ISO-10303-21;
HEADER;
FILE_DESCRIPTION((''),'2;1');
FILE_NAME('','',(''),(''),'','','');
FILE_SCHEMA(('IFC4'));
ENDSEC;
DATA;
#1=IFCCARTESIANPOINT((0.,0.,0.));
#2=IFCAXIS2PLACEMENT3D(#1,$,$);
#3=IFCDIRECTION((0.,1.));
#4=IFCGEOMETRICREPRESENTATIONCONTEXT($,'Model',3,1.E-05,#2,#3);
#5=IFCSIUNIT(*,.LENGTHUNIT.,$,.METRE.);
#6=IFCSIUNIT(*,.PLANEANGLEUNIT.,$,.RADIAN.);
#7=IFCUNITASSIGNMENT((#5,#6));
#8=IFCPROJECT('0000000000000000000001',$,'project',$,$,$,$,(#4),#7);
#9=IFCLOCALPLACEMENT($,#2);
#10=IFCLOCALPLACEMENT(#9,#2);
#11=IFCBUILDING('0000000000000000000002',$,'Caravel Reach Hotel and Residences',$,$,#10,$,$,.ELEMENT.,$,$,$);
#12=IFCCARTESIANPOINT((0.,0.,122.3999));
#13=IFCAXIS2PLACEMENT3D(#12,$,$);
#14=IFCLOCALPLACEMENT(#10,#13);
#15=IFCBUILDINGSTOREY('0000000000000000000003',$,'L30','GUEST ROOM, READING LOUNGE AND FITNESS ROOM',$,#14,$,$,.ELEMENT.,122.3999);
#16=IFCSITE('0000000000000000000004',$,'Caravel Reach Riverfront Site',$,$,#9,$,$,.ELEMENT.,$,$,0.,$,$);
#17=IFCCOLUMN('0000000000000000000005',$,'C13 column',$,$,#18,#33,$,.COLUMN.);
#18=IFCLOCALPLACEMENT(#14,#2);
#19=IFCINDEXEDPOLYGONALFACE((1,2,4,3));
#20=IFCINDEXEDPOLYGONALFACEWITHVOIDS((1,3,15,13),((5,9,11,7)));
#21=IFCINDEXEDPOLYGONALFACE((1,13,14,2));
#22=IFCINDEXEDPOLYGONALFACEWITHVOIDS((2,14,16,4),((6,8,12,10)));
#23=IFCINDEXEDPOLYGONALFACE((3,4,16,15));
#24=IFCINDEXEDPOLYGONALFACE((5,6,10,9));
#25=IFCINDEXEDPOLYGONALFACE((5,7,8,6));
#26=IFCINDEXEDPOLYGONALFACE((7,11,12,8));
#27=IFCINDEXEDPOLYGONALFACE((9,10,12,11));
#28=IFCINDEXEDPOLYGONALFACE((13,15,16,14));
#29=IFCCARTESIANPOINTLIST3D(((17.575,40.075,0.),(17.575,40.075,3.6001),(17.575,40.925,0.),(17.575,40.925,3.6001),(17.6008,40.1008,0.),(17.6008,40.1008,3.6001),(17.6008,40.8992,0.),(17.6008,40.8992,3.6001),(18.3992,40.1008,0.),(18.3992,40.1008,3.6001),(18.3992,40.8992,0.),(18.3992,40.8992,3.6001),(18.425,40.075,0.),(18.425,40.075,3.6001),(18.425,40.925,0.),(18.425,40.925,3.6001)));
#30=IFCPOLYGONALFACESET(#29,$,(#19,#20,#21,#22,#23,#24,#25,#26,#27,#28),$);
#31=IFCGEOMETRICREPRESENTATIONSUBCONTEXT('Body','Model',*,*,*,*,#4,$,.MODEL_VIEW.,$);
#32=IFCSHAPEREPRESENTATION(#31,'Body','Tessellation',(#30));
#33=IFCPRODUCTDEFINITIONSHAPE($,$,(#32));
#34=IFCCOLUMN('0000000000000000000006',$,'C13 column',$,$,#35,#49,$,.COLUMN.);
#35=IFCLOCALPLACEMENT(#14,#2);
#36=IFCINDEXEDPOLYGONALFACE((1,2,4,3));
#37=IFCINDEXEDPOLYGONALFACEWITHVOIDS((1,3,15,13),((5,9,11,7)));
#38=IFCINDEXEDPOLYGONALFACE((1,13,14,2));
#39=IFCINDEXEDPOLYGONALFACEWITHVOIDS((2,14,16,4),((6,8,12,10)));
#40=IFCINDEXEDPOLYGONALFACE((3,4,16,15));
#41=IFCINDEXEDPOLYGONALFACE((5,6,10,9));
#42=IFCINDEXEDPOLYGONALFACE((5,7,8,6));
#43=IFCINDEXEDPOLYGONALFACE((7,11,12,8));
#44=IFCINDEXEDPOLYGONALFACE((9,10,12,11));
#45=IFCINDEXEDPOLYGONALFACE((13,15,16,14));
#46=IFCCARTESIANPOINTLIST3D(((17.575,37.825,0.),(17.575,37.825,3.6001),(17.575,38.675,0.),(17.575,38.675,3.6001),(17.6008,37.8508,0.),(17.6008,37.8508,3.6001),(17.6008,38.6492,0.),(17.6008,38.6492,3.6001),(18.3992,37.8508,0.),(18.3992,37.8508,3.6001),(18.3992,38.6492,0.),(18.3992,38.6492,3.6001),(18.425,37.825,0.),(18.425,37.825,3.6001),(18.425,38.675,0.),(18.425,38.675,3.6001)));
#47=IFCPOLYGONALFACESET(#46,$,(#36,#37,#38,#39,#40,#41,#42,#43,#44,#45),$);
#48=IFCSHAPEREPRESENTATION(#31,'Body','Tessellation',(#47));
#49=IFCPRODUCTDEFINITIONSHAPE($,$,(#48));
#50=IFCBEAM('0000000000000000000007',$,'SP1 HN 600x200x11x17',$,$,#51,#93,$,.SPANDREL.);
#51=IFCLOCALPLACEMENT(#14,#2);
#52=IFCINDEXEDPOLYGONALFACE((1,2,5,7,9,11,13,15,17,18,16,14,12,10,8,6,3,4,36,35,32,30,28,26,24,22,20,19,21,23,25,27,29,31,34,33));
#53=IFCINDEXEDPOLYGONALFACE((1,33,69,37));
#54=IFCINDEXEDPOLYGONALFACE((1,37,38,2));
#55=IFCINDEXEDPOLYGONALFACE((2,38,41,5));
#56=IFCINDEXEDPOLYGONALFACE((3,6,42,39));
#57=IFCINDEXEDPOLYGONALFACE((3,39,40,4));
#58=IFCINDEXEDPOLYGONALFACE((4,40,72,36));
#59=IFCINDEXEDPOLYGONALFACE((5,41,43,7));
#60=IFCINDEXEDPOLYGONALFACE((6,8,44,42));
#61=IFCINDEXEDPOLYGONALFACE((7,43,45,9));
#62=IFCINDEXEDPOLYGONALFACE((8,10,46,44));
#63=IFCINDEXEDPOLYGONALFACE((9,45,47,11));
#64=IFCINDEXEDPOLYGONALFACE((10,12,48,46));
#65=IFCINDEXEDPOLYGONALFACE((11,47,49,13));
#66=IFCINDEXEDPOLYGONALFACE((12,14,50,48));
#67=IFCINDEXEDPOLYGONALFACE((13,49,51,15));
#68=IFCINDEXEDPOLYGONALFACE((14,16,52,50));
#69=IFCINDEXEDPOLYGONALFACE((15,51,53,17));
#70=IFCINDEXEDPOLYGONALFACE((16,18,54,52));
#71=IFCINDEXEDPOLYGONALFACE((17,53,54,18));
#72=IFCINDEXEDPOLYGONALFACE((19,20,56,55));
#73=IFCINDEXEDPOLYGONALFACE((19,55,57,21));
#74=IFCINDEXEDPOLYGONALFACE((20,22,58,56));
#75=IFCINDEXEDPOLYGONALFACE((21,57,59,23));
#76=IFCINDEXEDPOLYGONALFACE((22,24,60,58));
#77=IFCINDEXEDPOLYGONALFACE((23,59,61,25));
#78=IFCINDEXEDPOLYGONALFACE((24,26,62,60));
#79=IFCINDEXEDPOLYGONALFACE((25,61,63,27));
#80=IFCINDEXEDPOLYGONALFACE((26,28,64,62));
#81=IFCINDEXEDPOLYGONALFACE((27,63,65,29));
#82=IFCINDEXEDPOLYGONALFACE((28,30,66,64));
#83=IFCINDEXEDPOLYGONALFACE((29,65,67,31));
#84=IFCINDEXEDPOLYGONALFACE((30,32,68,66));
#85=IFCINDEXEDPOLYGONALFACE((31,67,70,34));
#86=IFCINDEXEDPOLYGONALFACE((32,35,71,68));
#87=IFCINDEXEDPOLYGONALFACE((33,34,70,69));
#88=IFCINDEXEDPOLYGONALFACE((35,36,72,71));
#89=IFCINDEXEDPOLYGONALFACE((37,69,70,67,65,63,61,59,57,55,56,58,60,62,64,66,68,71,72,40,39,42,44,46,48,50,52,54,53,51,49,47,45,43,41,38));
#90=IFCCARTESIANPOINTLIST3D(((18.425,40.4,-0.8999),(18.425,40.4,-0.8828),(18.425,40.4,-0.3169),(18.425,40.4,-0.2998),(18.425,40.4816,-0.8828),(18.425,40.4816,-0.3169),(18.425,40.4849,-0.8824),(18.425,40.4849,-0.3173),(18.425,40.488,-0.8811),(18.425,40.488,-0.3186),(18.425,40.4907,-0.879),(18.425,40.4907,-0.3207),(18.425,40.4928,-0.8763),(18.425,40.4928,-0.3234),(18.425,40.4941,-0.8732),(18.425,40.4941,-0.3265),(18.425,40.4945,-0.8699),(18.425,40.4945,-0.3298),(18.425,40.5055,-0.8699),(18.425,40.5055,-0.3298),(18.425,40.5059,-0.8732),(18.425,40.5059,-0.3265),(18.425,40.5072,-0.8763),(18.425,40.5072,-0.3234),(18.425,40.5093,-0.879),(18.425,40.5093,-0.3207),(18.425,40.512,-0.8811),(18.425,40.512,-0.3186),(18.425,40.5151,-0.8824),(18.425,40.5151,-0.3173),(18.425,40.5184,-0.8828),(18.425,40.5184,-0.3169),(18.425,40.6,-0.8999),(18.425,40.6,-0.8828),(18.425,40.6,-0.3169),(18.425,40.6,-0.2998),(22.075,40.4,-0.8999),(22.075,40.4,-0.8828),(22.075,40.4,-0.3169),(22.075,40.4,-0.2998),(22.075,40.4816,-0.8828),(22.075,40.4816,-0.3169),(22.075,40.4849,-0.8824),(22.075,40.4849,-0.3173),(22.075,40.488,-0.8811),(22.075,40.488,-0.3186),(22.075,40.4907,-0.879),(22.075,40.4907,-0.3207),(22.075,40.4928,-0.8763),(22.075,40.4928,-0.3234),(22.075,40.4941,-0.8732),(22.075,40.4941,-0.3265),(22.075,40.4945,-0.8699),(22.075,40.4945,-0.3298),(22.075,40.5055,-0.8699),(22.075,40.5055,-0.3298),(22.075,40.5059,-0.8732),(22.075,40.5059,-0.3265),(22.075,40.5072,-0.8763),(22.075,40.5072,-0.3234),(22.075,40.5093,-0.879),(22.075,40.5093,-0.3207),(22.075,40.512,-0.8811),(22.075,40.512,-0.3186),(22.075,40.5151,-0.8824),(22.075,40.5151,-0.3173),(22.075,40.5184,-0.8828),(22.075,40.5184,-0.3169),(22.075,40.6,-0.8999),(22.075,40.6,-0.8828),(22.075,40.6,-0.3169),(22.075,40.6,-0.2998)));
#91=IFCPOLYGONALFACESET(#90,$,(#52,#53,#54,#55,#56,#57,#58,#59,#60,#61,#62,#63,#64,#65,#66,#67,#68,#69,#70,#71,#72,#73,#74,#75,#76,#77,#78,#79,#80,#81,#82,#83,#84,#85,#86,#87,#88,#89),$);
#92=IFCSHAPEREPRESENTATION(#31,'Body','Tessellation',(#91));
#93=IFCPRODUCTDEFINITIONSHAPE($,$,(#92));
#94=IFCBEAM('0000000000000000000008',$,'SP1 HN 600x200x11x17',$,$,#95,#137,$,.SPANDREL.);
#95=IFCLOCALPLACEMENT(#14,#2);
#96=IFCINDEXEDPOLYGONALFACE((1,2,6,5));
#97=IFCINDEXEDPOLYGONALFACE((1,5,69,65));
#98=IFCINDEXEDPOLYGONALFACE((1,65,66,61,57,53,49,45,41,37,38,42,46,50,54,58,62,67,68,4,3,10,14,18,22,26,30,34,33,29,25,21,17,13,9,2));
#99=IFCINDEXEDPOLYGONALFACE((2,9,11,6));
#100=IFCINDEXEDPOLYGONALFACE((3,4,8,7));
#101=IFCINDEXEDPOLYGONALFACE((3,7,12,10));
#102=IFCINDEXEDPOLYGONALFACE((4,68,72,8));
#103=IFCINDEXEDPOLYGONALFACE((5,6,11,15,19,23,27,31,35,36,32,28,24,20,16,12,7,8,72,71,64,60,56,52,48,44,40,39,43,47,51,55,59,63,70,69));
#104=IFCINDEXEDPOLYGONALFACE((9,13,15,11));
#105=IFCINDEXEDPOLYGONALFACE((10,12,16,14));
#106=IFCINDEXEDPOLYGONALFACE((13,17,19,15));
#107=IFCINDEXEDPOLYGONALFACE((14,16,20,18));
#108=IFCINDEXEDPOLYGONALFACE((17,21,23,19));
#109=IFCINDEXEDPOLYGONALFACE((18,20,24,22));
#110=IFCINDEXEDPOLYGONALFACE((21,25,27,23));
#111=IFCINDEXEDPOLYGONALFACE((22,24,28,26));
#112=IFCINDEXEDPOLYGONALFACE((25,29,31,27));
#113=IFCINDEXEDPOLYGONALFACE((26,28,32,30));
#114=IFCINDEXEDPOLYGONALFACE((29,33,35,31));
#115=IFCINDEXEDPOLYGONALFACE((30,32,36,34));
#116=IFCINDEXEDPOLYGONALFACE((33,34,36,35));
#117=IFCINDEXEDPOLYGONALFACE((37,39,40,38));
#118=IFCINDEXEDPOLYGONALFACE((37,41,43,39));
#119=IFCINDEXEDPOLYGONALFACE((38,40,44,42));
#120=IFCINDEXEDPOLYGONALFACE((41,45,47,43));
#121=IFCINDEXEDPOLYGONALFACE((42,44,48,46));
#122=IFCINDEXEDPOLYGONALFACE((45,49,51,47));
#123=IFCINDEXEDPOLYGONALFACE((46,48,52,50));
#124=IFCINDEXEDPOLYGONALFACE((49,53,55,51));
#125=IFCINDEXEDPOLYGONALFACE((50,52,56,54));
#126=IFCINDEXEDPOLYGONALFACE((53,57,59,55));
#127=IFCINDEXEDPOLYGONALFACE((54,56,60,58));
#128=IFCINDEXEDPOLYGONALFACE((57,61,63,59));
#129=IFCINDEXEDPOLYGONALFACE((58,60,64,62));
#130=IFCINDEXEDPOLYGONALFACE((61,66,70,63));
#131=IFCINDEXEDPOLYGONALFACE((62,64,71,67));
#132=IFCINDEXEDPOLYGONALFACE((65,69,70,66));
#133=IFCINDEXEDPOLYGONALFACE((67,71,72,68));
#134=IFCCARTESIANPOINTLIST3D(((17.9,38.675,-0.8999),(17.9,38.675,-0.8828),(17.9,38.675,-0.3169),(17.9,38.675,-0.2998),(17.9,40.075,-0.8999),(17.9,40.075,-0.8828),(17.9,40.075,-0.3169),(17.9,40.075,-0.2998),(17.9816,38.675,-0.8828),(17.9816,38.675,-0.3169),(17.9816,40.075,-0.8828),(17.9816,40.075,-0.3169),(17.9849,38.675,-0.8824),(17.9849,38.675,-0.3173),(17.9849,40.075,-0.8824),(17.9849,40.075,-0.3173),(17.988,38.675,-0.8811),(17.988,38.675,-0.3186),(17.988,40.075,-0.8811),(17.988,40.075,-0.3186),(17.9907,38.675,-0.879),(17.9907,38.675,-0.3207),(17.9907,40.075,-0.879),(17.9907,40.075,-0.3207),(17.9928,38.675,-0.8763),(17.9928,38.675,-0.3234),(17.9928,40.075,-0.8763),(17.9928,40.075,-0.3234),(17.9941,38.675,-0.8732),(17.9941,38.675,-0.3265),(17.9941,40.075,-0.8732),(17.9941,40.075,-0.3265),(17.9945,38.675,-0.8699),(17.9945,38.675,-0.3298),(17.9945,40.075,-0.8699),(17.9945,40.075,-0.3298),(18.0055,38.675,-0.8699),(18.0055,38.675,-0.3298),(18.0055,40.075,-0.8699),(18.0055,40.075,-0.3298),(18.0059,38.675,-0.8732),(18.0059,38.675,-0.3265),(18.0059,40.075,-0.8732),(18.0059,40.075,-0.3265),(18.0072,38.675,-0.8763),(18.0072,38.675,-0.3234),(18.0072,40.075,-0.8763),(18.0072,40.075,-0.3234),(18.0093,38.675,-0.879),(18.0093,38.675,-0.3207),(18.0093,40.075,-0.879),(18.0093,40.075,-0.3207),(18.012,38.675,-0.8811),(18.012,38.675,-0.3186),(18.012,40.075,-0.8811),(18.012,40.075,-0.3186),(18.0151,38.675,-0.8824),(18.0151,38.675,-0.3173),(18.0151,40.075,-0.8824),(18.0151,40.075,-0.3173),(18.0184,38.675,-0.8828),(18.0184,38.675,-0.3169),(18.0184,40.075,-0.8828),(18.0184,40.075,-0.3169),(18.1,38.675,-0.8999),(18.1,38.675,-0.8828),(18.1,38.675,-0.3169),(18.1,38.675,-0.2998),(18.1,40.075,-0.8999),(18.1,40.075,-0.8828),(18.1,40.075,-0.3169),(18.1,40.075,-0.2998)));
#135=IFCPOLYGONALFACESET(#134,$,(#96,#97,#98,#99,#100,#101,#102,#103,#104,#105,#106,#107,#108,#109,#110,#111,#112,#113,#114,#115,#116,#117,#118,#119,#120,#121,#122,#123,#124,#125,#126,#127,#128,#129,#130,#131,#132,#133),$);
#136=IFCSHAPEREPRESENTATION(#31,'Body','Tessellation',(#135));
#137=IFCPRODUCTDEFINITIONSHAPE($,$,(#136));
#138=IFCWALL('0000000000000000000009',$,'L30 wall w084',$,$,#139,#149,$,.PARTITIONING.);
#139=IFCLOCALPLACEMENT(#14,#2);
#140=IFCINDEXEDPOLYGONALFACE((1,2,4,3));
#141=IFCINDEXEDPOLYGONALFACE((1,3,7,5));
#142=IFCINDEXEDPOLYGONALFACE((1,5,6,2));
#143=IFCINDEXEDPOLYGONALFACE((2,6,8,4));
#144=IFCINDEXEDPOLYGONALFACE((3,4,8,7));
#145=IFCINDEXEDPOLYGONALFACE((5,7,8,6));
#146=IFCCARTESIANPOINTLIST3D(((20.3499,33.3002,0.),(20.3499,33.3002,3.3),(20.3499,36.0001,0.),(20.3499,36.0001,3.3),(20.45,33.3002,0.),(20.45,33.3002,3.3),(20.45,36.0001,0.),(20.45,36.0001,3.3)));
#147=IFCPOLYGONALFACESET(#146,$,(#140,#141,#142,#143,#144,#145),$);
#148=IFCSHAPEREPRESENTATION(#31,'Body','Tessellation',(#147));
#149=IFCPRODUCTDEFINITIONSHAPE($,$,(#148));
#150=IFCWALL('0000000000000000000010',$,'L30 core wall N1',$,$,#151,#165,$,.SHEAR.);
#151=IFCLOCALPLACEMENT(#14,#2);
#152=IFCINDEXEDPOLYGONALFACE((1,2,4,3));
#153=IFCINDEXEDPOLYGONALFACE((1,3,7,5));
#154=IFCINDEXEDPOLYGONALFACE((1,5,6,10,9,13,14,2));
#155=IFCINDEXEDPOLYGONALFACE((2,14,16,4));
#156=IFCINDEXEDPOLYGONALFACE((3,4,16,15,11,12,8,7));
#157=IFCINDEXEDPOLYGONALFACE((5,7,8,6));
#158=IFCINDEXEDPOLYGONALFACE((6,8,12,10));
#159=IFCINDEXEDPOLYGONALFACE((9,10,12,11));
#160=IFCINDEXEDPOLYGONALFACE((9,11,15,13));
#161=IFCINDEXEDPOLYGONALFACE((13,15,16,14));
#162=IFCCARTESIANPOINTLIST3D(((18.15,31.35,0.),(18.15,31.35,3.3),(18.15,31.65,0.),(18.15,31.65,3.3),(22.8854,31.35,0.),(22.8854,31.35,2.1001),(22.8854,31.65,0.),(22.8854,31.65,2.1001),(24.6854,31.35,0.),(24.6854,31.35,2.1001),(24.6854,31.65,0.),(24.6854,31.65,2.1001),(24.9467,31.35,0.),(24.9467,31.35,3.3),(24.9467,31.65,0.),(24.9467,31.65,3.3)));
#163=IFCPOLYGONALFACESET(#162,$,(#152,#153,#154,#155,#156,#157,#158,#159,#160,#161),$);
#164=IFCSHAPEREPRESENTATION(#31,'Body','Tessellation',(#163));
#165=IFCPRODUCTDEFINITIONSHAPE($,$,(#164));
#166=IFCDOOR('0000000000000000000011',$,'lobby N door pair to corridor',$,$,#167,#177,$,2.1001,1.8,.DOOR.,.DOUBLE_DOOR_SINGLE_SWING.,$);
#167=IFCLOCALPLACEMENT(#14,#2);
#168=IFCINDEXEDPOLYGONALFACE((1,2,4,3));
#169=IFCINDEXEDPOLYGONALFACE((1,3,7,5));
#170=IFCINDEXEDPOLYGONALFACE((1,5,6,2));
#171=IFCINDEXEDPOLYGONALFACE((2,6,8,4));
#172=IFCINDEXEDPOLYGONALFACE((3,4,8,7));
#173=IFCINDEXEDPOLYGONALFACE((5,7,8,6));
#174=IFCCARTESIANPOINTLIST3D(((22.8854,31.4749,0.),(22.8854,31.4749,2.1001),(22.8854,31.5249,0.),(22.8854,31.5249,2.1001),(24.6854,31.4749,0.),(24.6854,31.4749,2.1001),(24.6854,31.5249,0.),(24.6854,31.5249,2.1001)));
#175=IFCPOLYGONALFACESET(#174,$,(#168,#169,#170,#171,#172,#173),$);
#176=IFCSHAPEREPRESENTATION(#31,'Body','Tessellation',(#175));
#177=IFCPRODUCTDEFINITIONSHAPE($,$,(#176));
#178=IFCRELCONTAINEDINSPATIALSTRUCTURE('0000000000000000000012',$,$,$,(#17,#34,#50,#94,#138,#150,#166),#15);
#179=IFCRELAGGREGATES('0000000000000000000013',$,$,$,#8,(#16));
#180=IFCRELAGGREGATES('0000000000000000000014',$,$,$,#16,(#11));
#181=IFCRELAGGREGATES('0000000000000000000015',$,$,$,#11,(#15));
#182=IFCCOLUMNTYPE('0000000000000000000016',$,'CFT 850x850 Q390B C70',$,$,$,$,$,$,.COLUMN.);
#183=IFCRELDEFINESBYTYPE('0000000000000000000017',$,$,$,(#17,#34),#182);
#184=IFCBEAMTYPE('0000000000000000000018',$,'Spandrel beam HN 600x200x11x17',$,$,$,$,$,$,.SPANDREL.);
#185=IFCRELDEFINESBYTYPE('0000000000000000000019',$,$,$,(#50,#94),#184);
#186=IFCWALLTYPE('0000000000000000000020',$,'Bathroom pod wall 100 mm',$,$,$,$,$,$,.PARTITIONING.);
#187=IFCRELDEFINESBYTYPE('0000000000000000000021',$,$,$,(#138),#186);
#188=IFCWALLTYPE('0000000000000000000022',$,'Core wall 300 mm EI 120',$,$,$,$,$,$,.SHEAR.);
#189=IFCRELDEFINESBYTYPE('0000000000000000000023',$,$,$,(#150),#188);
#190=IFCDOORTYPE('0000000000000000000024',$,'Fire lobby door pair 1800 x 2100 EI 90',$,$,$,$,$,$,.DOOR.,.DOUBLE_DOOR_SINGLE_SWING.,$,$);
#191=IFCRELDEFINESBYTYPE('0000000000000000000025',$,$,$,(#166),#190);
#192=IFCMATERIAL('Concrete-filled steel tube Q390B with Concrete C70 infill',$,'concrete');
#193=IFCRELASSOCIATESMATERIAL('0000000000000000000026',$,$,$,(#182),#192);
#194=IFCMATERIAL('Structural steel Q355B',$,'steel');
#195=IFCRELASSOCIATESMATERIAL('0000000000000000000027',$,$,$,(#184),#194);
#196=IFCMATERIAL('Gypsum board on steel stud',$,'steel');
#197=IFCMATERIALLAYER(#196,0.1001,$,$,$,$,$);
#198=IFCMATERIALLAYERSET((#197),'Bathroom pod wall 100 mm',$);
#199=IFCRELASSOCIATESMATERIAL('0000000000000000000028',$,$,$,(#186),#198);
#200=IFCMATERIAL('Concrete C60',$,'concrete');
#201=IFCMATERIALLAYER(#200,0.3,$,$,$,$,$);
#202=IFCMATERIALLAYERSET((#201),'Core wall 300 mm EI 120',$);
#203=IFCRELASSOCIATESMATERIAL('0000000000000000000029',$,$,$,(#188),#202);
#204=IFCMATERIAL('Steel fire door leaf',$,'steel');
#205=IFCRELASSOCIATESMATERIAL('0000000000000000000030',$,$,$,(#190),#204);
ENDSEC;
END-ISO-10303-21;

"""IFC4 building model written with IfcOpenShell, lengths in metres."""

from ifc_helpers import new_model, si_unit, direction, frame, frame_2d, origin, origin_2d, place, context, subcontext, project, spatial, rectangle, hollow_rectangle, i_section, extrude, material, layer, layer_set, material_profile, profile_set, type_object, element, fill, save


model = new_model("IFC4")

# Units and contexts
model_context = context("Model", 3, precision=1e-05, world=origin(), true_north=direction((0.0, 1.0)))
body_context = subcontext(model_context, "Body", "Model", "MODEL_VIEW")
ifc_project = project(units=[si_unit("LENGTHUNIT", "METRE"), si_unit("PLANEANGLEUNIT", "RADIAN")], contexts=[model_context])

# Site, building, storey
site_placement = place(None, origin())
site = spatial("IfcSite", under=ifc_project, at=site_placement, Name="Caravel Reach Riverfront Site", CompositionType="ELEMENT", RefElevation=0.0)
building_placement = place(site_placement, origin())
building = spatial("IfcBuilding", under=site, at=building_placement, Name="Caravel Reach Hotel and Residences", CompositionType="ELEMENT")
storey_placement = place(building_placement, frame((0.0, 0.0, 122.3999)))
storey = spatial("IfcBuildingStorey", under=building, at=storey_placement, Name="L30", Description="GUEST ROOM, READING LOUNGE AND FITNESS ROOM", CompositionType="ELEMENT", Elevation=122.3999)

# Columns
ifc_material_1 = material(Name="Concrete-filled steel tube Q390B with Concrete C70 infill", Category="concrete")
ifc_material_profile_1 = material_profile(ifc_material_1, hollow_rectangle(XDim=0.8501, YDim=0.8501, WallThickness=0.0259, at=origin_2d()), Name="RHS 850x850x26")
ifc_profile_set_1 = profile_set([ifc_material_profile_1], Name="Concrete-filled steel tube Q390B with Concrete C70 infill")
column_type = type_object("IfcColumnType", Name="CFT 850x850 Q390B C70", PredefinedType="COLUMN", material=ifc_profile_set_1)
for number, where, z_axis, x_axis, name in (
    (1, (18.0, 40.5, 0.0), (0.0, 0.0, 1.0), (1.0, 0.0, 0.0), "C13 column"),
    (2, (18.0, 38.25, 0.0), (0.0, 0.0, 1.0), (1.0, 0.0, 0.0), "C13 column"),
):
    element("IfcColumn", number, at=place(storey_placement, frame(where, z_axis=z_axis, x_axis=x_axis)), inside=storey, type_object=column_type, Name=name, PredefinedType="COLUMN", context=body_context, shape_type="SweptSolid", body=[
        extrude(hollow_rectangle(XDim=0.8501, YDim=0.8501, WallThickness=0.0259, at=origin_2d()), origin(), (0.0, 0.0, 1.0), 3.6001),
    ])

# Beams
ifc_material_2 = material(Name="Structural steel Q355B", Category="steel")
ifc_material_profile_2 = material_profile(ifc_material_2, i_section(OverallWidth=0.2, OverallDepth=0.6001, WebThickness=0.011, FlangeThickness=0.0171, FilletRadius=0.0129, at=origin_2d()), Name="HN 600x200x11x17")
ifc_profile_set_2 = profile_set([ifc_material_profile_2], Name="Structural steel Q355B")
beam_type = type_object("IfcBeamType", Name="Spandrel beam HN 600x200x11x17", PredefinedType="SPANDREL", material=ifc_profile_set_2)
beam_1_placement = place(storey_placement, frame((22.075, 40.5, -0.5999), z_axis=(-1.0, 0.0, 0.0), x_axis=(0.0, -1.0, 0.0)))
element("IfcBeam", 3, at=beam_1_placement, inside=storey, type_object=beam_type, Name="SP1 HN 600x200x11x17", PredefinedType="SPANDREL", context=body_context, shape_type="SweptSolid", body=[
    extrude(i_section(OverallWidth=0.2, OverallDepth=0.6001, WebThickness=0.011, FlangeThickness=0.0171, FilletRadius=0.0129, at=origin_2d()), origin(), (0.0, 0.0, 1.0), 3.6499),
])
beam_2_placement = place(storey_placement, frame((18.0, 40.075, -0.5999), z_axis=(0.0, -1.0, 0.0), x_axis=(1.0, 0.0, 0.0)))
element("IfcBeam", 4, at=beam_2_placement, inside=storey, type_object=beam_type, Name="SP1 HN 600x200x11x17", PredefinedType="SPANDREL", context=body_context, shape_type="SweptSolid", body=[
    extrude(i_section(OverallWidth=0.2, OverallDepth=0.6001, WebThickness=0.011, FlangeThickness=0.0171, FilletRadius=0.0129, at=origin_2d()), origin(), (0.0, 0.0, 1.0), 1.3999),
])

# Wall
ifc_material_3 = material(Name="Gypsum board on steel stud", Category="steel")
ifc_layer_1 = layer(ifc_material_3, 0.1001)
ifc_layer_set_1 = layer_set([ifc_layer_1], Name="Bathroom pod wall 100 mm")
wall_type_1 = type_object("IfcWallType", Name="Bathroom pod wall 100 mm", PredefinedType="PARTITIONING", material=ifc_layer_set_1)
wall_1_placement = place(storey_placement, frame((20.3999, 33.3, 0.0), z_axis=(0.0, 0.0, 1.0), x_axis=(0.0, 1.0, 0.0)))
element("IfcWall", 5, at=wall_1_placement, inside=storey, type_object=wall_type_1, Name="L30 wall w084", PredefinedType="PARTITIONING", context=body_context, shape_type="SweptSolid", body=[
    extrude(rectangle(XDim=2.7, YDim=0.1001, at=frame_2d((1.3501, 0.0))), origin(), (0.0, 0.0, 1.0), 3.3),
])

# Wall, opening, door
ifc_material_4 = material(Name="Concrete C60", Category="concrete")
ifc_layer_2 = layer(ifc_material_4, 0.3)
ifc_layer_set_2 = layer_set([ifc_layer_2], Name="Core wall 300 mm EI 120")
wall_type_2 = type_object("IfcWallType", Name="Core wall 300 mm EI 120", PredefinedType="SHEAR", material=ifc_layer_set_2)
wall_2_placement = place(storey_placement, frame((18.1499, 31.5, 0.0), z_axis=(0.0, 0.0, 1.0), x_axis=(1.0, 0.0, 0.0)))
wall_2 = element("IfcWall", 6, at=wall_2_placement, inside=storey, type_object=wall_type_2, Name="L30 core wall N1", PredefinedType="SHEAR", context=body_context, shape_type="SweptSolid", body=[
    extrude(rectangle(XDim=6.7966, YDim=0.3, at=frame_2d((3.3984, 0.0))), origin(), (0.0, 0.0, 1.0), 3.3),
])
opening_1_placement = place(wall_2_placement, frame((4.7356, 0.0, 0.0)))
opening_1 = element("IfcOpeningElement", 7, at=opening_1_placement, cuts=wall_2, PredefinedType="OPENING", context=body_context, shape_type="SweptSolid", body=[
    extrude(rectangle(XDim=1.8, YDim=2.1001, at=frame_2d((0.8999, 1.05))), frame((0.0, 0.1599, 0.0), z_axis=(0.0, -1.0, 0.0), x_axis=(1.0, 0.0, 0.0)), (0.0, 0.0, 1.0), 0.3201),
])
ifc_material_5 = material(Name="Steel fire door leaf", Category="steel")
door_type_1 = type_object("IfcDoorType", Name="Fire lobby door pair 1800 x 2100 EI 90", OperationType="DOUBLE_DOOR_SINGLE_SWING", PredefinedType="DOOR", material=ifc_material_5)
door_1_placement = place(opening_1_placement, origin())
door_1 = element("IfcDoor", 8, at=door_1_placement, inside=storey, type_object=door_type_1, Name="lobby N door pair to corridor", OperationType="DOUBLE_DOOR_SINGLE_SWING", OverallHeight=2.1001, OverallWidth=1.8, PredefinedType="DOOR", context=body_context, shape_type="SweptSolid", body=[
    extrude(rectangle(XDim=1.8, YDim=2.1001, at=frame_2d((0.8999, 1.05))), frame((0.0, 0.0249, 0.0), z_axis=(0.0, -1.0, 0.0), x_axis=(1.0, 0.0, 0.0)), (0.0, 0.0, 1.0), 0.05),
])
fill(opening_1, door_1)

save(model, "model.ifc")
